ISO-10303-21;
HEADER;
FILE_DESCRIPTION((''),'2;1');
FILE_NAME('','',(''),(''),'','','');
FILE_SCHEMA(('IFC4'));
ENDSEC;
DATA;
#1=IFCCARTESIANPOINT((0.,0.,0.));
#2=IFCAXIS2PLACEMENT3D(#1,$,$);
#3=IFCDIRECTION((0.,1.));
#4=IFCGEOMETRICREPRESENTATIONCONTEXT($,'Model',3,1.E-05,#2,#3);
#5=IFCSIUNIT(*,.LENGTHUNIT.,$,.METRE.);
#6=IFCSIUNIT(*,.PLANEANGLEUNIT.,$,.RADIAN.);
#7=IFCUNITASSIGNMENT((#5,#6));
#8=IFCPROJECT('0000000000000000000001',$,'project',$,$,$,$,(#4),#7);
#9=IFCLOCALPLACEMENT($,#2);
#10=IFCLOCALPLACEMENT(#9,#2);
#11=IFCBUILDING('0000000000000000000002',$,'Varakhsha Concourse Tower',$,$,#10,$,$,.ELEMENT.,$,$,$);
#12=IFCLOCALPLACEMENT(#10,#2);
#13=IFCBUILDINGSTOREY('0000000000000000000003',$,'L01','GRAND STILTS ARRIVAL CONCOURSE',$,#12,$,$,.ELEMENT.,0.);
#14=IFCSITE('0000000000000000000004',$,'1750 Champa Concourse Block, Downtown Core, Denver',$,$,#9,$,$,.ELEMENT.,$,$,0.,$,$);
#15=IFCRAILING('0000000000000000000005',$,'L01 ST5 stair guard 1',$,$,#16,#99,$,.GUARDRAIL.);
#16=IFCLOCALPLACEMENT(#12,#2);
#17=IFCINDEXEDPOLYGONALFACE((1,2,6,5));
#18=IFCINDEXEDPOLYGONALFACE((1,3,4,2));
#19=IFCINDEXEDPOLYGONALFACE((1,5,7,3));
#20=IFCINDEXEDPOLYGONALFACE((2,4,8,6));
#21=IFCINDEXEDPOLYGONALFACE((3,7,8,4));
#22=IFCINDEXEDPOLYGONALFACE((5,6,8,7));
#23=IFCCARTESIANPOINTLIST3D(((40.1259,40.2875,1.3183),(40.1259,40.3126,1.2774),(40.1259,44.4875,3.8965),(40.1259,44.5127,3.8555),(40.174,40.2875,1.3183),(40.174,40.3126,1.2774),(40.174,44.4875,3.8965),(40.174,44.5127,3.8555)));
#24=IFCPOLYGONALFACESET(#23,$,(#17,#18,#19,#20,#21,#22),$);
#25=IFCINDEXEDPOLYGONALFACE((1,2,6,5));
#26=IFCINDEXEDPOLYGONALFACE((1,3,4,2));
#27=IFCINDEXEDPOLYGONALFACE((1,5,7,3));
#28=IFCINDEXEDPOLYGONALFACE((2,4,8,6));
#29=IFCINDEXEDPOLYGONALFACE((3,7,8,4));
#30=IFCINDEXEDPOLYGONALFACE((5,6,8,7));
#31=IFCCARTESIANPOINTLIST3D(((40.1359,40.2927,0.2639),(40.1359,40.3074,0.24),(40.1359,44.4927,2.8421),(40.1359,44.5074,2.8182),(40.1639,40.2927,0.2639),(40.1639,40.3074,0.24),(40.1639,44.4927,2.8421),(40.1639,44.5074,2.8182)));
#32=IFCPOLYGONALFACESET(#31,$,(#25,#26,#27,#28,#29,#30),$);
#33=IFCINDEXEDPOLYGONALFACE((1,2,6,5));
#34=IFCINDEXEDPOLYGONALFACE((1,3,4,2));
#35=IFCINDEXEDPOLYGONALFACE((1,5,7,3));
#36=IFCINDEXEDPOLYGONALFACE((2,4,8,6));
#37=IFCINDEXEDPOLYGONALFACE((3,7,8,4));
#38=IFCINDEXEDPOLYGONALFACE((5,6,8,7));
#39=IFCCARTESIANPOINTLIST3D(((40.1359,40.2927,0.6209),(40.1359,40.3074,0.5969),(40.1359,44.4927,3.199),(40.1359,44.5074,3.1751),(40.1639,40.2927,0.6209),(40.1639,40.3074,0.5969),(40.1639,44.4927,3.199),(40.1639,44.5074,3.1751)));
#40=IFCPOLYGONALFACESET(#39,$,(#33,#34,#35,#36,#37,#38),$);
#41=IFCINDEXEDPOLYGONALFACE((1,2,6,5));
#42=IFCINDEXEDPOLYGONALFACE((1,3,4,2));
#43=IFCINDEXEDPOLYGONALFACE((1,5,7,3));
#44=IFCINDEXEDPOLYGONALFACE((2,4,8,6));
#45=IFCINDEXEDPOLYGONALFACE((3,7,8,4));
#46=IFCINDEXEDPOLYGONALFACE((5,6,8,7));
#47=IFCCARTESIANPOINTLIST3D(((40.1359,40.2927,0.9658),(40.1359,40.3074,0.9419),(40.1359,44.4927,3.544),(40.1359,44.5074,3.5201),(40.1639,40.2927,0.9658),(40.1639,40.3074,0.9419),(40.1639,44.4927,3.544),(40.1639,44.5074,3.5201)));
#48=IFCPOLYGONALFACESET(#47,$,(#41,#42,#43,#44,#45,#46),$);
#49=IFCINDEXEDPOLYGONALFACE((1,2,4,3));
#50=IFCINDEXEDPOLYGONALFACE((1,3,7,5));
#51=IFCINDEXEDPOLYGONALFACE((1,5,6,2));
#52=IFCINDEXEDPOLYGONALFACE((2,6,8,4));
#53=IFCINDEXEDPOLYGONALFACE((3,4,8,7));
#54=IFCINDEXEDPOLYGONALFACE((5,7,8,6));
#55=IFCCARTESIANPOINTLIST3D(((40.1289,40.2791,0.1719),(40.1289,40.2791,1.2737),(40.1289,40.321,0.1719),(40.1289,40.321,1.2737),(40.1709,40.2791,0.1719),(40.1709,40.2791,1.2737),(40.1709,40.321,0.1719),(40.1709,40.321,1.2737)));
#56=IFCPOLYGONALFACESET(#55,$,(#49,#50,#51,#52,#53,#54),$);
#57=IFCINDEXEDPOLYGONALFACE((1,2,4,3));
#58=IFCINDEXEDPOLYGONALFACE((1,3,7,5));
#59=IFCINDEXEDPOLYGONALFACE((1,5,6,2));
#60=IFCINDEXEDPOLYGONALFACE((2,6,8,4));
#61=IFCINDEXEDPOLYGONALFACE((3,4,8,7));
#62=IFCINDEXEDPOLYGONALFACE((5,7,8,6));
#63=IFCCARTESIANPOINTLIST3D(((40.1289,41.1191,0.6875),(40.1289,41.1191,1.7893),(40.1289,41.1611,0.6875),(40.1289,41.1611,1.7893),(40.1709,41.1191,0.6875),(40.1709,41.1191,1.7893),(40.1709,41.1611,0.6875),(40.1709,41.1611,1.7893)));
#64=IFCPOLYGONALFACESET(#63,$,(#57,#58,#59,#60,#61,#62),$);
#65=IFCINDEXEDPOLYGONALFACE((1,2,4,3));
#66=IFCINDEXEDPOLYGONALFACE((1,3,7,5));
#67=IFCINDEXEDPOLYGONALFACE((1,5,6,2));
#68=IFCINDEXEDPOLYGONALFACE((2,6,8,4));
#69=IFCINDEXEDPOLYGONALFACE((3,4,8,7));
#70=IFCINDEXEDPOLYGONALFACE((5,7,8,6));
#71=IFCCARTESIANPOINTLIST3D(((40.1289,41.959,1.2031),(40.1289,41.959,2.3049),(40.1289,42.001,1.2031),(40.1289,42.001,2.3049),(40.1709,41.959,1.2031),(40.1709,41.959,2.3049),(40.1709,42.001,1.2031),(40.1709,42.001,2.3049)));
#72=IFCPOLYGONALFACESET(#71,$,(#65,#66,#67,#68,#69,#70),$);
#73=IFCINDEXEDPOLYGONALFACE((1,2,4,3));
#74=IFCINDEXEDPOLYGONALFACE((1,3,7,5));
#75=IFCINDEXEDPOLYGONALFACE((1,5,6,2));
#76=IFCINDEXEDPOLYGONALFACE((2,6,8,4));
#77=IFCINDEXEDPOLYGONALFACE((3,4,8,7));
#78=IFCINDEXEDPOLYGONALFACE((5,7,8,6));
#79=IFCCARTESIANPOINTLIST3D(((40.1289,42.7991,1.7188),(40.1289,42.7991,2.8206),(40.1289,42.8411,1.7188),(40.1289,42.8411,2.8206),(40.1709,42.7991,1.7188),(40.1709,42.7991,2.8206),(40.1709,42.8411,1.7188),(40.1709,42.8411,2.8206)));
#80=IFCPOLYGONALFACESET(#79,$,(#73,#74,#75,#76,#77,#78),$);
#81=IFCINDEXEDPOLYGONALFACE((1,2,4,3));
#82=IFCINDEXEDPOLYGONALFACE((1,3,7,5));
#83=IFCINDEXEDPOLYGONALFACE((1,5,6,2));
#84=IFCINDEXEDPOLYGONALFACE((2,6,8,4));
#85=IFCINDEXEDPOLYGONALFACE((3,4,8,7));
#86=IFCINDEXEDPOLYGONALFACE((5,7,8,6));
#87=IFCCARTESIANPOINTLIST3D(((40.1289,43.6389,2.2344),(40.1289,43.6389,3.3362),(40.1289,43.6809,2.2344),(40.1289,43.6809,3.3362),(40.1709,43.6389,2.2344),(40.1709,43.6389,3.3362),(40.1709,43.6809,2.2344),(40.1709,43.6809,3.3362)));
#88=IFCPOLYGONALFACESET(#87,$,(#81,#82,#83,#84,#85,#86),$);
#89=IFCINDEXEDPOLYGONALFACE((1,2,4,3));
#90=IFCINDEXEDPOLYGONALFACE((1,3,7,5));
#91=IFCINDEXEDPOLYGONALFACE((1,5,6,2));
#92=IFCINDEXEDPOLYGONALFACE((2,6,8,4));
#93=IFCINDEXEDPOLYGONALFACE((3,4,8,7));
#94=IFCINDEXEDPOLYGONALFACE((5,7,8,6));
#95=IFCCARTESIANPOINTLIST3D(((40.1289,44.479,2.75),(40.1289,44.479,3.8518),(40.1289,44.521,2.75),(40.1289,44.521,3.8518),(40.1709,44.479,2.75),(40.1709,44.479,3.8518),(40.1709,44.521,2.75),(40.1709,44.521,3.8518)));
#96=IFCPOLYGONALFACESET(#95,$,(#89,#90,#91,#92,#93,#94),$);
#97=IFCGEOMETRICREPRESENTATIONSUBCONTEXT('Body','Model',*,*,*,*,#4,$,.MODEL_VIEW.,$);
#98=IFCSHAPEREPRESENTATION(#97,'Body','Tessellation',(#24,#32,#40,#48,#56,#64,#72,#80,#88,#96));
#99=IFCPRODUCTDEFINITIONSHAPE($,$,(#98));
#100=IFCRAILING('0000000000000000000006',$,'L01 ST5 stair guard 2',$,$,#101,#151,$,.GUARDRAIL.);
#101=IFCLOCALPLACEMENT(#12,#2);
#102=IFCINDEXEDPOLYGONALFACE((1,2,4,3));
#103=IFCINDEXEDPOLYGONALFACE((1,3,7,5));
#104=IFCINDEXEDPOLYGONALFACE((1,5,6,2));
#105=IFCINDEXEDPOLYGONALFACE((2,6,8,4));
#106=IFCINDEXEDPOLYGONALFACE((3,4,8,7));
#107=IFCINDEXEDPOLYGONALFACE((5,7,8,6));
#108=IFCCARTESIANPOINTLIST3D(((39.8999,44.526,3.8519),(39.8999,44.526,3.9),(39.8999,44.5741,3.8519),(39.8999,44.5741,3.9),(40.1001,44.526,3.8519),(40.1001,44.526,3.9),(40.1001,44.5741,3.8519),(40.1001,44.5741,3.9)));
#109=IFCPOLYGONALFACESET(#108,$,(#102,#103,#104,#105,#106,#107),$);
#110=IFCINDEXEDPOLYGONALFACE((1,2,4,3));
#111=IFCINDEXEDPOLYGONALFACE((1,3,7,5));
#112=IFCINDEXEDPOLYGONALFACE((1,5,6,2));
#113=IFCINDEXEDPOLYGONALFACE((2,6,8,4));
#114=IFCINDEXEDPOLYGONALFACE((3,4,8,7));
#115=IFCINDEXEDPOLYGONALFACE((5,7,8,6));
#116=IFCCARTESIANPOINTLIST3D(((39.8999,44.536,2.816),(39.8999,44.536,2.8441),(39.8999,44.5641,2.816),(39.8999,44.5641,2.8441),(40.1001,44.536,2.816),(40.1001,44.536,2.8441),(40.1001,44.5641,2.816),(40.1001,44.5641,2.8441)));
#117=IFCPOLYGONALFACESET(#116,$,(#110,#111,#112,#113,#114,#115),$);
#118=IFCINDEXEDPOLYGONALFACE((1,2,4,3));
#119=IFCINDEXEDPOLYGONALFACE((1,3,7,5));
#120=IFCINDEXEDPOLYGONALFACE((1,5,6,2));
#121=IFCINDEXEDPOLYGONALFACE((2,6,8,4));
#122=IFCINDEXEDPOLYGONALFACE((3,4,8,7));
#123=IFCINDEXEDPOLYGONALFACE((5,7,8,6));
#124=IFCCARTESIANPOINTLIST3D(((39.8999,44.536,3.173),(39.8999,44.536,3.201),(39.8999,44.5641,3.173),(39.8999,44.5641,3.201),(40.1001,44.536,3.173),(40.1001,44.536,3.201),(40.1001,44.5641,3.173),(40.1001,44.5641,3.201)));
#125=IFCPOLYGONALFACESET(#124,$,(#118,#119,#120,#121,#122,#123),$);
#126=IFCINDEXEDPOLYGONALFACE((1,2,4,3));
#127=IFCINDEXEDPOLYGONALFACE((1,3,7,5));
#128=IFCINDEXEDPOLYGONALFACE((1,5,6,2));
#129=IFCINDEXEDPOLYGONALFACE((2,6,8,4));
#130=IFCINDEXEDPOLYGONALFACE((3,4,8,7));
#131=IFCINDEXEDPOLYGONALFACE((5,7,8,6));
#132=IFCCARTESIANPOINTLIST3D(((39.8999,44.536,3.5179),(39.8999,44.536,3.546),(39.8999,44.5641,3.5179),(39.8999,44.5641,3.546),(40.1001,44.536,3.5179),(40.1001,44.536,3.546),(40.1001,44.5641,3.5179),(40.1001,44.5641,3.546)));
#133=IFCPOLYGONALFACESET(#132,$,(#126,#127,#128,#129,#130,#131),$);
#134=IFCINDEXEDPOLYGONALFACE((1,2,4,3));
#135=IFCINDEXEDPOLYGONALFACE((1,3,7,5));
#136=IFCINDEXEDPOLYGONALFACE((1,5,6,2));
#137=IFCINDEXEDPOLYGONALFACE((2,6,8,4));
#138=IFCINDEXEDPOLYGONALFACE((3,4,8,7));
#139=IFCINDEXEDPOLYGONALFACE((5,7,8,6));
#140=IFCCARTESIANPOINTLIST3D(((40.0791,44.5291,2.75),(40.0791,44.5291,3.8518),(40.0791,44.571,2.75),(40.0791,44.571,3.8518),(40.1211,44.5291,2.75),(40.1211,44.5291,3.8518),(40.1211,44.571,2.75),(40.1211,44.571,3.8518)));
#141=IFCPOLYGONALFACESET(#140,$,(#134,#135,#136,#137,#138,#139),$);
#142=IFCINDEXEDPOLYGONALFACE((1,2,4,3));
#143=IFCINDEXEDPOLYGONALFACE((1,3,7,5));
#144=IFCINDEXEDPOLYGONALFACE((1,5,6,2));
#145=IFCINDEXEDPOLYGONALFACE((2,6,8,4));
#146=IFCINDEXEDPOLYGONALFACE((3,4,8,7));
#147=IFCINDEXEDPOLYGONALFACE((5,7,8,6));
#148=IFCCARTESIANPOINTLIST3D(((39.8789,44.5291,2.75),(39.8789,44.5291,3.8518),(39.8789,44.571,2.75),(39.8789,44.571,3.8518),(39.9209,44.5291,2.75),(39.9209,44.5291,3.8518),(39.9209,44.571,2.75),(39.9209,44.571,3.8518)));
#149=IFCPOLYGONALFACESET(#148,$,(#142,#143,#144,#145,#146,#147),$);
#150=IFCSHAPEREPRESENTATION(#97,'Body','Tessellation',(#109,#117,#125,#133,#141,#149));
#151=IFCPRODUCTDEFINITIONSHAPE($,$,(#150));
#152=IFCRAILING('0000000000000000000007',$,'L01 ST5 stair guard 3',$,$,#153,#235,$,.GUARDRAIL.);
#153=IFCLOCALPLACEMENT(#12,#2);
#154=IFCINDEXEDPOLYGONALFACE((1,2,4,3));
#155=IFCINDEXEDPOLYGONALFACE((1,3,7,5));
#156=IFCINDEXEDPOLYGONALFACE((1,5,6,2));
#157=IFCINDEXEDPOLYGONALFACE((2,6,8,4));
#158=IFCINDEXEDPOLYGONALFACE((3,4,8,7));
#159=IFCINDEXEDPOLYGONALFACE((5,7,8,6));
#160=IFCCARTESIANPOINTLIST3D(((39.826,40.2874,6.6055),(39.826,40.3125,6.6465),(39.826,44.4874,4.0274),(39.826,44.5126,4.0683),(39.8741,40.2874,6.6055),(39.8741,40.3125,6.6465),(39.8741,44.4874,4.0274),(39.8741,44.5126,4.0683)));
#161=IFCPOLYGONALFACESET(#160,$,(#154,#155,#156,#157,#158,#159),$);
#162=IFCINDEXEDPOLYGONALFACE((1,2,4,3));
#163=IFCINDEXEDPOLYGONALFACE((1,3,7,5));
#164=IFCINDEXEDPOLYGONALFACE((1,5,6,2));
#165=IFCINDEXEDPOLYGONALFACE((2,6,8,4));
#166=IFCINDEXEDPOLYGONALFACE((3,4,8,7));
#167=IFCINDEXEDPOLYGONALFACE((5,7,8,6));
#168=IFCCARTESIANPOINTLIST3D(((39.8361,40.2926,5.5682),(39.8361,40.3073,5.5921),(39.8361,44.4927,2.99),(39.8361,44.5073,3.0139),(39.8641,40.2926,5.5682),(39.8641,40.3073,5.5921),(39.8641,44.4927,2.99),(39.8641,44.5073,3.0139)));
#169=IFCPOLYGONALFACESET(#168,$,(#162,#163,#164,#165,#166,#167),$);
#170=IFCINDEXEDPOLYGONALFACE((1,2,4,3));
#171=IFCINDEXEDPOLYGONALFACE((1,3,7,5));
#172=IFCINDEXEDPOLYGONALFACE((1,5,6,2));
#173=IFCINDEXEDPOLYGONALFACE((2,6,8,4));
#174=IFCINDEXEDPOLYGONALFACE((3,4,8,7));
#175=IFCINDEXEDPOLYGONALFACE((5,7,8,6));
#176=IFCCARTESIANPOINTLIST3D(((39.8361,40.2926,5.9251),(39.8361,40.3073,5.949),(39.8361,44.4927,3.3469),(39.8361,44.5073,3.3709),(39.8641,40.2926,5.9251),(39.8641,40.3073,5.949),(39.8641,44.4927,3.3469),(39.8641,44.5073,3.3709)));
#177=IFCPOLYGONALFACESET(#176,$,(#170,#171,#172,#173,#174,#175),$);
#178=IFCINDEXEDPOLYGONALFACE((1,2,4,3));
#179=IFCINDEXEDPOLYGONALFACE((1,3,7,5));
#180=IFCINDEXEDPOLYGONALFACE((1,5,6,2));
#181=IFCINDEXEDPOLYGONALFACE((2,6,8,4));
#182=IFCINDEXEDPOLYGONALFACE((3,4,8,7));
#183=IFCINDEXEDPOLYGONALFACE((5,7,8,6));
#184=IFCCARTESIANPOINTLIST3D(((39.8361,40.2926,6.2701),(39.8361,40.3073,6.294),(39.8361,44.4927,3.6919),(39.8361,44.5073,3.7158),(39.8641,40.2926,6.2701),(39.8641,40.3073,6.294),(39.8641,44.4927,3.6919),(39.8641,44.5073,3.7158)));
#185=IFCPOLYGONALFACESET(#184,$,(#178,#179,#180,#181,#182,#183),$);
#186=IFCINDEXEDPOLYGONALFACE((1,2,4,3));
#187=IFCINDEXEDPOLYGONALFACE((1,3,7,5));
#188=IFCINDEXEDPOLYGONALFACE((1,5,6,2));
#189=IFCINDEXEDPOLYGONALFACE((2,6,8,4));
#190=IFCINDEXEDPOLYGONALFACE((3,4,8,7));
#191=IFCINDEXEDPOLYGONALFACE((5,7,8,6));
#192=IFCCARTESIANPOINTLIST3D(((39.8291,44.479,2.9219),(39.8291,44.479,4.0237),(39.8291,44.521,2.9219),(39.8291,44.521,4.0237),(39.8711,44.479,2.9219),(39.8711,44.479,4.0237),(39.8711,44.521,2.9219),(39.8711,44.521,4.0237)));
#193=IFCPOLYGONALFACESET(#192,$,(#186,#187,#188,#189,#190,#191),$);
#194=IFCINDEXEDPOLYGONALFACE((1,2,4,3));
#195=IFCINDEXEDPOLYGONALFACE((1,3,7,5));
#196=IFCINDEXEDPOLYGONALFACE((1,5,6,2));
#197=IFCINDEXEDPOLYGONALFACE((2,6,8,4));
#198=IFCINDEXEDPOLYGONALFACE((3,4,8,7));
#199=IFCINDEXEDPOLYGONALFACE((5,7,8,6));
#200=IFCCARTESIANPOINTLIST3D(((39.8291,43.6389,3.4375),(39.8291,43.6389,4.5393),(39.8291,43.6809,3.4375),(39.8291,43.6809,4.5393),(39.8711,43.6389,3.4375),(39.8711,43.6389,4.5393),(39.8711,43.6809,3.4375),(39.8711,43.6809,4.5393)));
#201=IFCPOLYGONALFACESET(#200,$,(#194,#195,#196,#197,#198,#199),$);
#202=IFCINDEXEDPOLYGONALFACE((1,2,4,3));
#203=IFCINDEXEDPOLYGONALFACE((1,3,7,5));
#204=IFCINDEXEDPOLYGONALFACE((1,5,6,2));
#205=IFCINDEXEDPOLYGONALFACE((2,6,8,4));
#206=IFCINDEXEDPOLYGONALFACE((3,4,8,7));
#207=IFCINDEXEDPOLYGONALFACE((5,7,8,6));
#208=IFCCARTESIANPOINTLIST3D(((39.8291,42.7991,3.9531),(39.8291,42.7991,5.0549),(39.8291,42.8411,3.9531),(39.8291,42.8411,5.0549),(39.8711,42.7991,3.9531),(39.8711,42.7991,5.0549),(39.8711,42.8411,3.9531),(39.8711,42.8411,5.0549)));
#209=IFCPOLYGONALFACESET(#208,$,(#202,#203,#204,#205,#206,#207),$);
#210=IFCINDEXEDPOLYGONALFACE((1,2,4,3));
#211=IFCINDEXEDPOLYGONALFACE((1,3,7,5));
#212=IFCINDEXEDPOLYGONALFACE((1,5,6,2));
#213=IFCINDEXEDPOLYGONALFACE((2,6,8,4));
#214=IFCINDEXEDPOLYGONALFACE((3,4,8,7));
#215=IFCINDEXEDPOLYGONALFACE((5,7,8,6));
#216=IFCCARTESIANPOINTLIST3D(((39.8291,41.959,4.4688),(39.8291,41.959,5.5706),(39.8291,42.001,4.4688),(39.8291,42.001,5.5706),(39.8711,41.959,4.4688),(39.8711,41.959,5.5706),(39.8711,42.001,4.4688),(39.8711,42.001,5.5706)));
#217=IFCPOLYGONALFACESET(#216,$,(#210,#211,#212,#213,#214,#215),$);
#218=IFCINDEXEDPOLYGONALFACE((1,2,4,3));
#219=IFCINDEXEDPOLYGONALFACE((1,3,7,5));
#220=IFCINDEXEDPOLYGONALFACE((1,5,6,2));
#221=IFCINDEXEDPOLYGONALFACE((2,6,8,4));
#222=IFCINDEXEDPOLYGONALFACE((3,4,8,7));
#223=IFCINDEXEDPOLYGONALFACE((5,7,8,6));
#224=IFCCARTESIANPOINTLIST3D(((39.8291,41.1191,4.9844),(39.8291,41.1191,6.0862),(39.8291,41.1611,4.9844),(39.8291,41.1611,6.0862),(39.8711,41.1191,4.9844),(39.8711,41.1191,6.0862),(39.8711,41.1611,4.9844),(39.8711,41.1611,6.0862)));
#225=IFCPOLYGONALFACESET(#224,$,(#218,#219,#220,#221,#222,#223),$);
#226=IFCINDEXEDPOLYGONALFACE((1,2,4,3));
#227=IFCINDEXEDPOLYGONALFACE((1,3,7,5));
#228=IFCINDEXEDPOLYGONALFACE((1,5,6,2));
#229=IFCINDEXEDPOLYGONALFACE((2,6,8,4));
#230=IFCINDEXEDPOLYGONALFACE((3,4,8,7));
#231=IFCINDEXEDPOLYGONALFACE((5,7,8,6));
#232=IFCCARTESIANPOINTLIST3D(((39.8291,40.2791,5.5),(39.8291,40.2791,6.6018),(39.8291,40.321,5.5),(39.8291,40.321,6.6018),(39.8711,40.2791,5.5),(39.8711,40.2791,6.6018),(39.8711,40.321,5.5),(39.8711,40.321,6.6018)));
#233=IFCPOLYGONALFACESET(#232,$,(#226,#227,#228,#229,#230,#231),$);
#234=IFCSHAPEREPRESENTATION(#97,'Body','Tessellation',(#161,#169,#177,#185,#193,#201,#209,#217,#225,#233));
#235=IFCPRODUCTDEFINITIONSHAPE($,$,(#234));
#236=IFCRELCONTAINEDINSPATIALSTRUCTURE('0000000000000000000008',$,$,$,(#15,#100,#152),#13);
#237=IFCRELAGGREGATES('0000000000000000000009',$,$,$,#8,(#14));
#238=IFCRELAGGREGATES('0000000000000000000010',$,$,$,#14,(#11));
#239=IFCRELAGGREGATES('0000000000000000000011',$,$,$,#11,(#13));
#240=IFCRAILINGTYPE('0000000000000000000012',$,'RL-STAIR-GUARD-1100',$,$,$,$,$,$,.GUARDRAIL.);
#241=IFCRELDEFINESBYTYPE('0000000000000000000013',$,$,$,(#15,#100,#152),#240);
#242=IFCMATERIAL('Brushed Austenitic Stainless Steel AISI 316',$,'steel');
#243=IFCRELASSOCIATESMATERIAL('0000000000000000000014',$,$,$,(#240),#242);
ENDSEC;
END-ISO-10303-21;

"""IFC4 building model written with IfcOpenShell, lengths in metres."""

from ifc_helpers import new_model, si_unit, direction, frame, origin, origin_2d, place, context, subcontext, project, spatial, rectangle, extrude, material, type_object, element, save


model = new_model("IFC4")

# Units and contexts
model_context = context("Model", 3, precision=1e-05, world=origin(), true_north=direction((0.0, 1.0)))
body_context = subcontext(model_context, "Body", "Model", "MODEL_VIEW")
ifc_project = project(units=[si_unit("LENGTHUNIT", "METRE"), si_unit("PLANEANGLEUNIT", "RADIAN")], contexts=[model_context])

# Site, building, storey
site_placement = place(None, origin())
site = spatial("IfcSite", under=ifc_project, at=site_placement, Name="1750 Champa Concourse Block, Downtown Core, Denver", CompositionType="ELEMENT", RefElevation=0.0)
building_placement = place(site_placement, origin())
building = spatial("IfcBuilding", under=site, at=building_placement, Name="Varakhsha Concourse Tower", CompositionType="ELEMENT")
storey_placement = place(building_placement, origin())
storey = spatial("IfcBuildingStorey", under=building, at=storey_placement, Name="L01", Description="GRAND STILTS ARRIVAL CONCOURSE", CompositionType="ELEMENT", Elevation=0.0)

# Railings
ifc_material_1 = material(Name="Brushed Austenitic Stainless Steel AISI 316", Category="steel")
railing_type_1 = type_object("IfcRailingType", Name="RL-STAIR-GUARD-1100", PredefinedType="GUARDRAIL", material=ifc_material_1)
railing_1_placement = place(storey_placement, frame((40.1499, 40.3, 0.1719)))
element("IfcRailing", 1, at=railing_1_placement, inside=storey, type_object=railing_type_1, Name="L01 ST5 stair guard 1", PredefinedType="GUARDRAIL", context=body_context, shape_type="SweptSolid", body=[
    extrude(rectangle(XDim=0.0481, YDim=0.0481, at=origin_2d()), frame((0.0, 0.0, 1.126), z_axis=(0.0, 0.852243, 0.523146), x_axis=(-1.0, 0.0, 0.0)), (0.0, 0.0, 1.0), 4.9282),
    extrude(rectangle(XDim=0.0281, YDim=0.0281, at=origin_2d()), frame((0.0, 0.0, 0.0801), z_axis=(0.0, 0.852243, 0.523146), x_axis=(-1.0, 0.0, 0.0)), (0.0, 0.0, 1.0), 4.9282),
    extrude(rectangle(XDim=0.0281, YDim=0.0281, at=origin_2d()), frame((0.0, 0.0, 0.437), z_axis=(0.0, 0.852243, 0.523146), x_axis=(-1.0, 0.0, 0.0)), (0.0, 0.0, 1.0), 4.9282),
    extrude(rectangle(XDim=0.0281, YDim=0.0281, at=origin_2d()), frame((0.0, 0.0, 0.782), z_axis=(0.0, 0.852243, 0.523146), x_axis=(-1.0, 0.0, 0.0)), (0.0, 0.0, 1.0), 4.9282),
    extrude(rectangle(XDim=0.042, YDim=0.042, at=origin_2d()), origin(), (0.0, 0.0, 1.0), 1.1018),
    extrude(rectangle(XDim=0.042, YDim=0.042, at=origin_2d()), frame((0.0, 0.8401, 0.5156)), (0.0, 0.0, 1.0), 1.1018),
    extrude(rectangle(XDim=0.042, YDim=0.042, at=origin_2d()), frame((0.0, 1.6799, 1.0312)), (0.0, 0.0, 1.0), 1.1018),
    extrude(rectangle(XDim=0.042, YDim=0.042, at=origin_2d()), frame((0.0, 2.52, 1.5469)), (0.0, 0.0, 1.0), 1.1018),
    extrude(rectangle(XDim=0.042, YDim=0.042, at=origin_2d()), frame((0.0, 3.3599, 2.0625)), (0.0, 0.0, 1.0), 1.1018),
    extrude(rectangle(XDim=0.042, YDim=0.042, at=origin_2d()), frame((0.0, 4.2, 2.5781)), (0.0, 0.0, 1.0), 1.1018),
])
railing_2_placement = place(storey_placement, frame((40.1001, 44.55, 2.75)))
element("IfcRailing", 2, at=railing_2_placement, inside=storey, type_object=railing_type_1, Name="L01 ST5 stair guard 2", PredefinedType="GUARDRAIL", context=body_context, shape_type="SweptSolid", body=[
    extrude(rectangle(XDim=0.0481, YDim=0.0481, at=origin_2d()), frame((0.0, 0.0, 1.126), z_axis=(-1.0, 0.0, 0.0), x_axis=(0.0, -1.0, 0.0)), (0.0, 0.0, 1.0), 0.2002),
    extrude(rectangle(XDim=0.0281, YDim=0.0281, at=origin_2d()), frame((0.0, 0.0, 0.0801), z_axis=(-1.0, 0.0, 0.0), x_axis=(0.0, -1.0, 0.0)), (0.0, 0.0, 1.0), 0.2002),
    extrude(rectangle(XDim=0.0281, YDim=0.0281, at=origin_2d()), frame((0.0, 0.0, 0.437), z_axis=(-1.0, 0.0, 0.0), x_axis=(0.0, -1.0, 0.0)), (0.0, 0.0, 1.0), 0.2002),
    extrude(rectangle(XDim=0.0281, YDim=0.0281, at=origin_2d()), frame((0.0, 0.0, 0.782), z_axis=(-1.0, 0.0, 0.0), x_axis=(0.0, -1.0, 0.0)), (0.0, 0.0, 1.0), 0.2002),
    extrude(rectangle(XDim=0.042, YDim=0.042, at=origin_2d()), origin(), (0.0, 0.0, 1.0), 1.1018),
    extrude(rectangle(XDim=0.042, YDim=0.042, at=origin_2d()), frame((-0.2002, 0.0, 0.0)), (0.0, 0.0, 1.0), 1.1018),
])
railing_3_placement = place(storey_placement, frame((39.8501, 44.5, 2.9219)))
element("IfcRailing", 3, at=railing_3_placement, inside=storey, type_object=railing_type_1, Name="L01 ST5 stair guard 3", PredefinedType="GUARDRAIL", context=body_context, shape_type="SweptSolid", body=[
    extrude(rectangle(XDim=0.0481, YDim=0.0481, at=origin_2d()), frame((0.0, 0.0, 1.126), z_axis=(0.0, -0.852243, 0.523146), x_axis=(1.0, 0.0, 0.0)), (0.0, 0.0, 1.0), 4.9282),
    extrude(rectangle(XDim=0.0281, YDim=0.0281, at=origin_2d()), frame((0.0, 0.0, 0.0801), z_axis=(0.0, -0.852243, 0.523146), x_axis=(1.0, 0.0, 0.0)), (0.0, 0.0, 1.0), 4.9282),
    extrude(rectangle(XDim=0.0281, YDim=0.0281, at=origin_2d()), frame((0.0, 0.0, 0.437), z_axis=(0.0, -0.852243, 0.523146), x_axis=(1.0, 0.0, 0.0)), (0.0, 0.0, 1.0), 4.9282),
    extrude(rectangle(XDim=0.0281, YDim=0.0281, at=origin_2d()), frame((0.0, 0.0, 0.782), z_axis=(0.0, -0.852243, 0.523146), x_axis=(1.0, 0.0, 0.0)), (0.0, 0.0, 1.0), 4.9282),
    extrude(rectangle(XDim=0.042, YDim=0.042, at=origin_2d()), origin(), (0.0, 0.0, 1.0), 1.1018),
    extrude(rectangle(XDim=0.042, YDim=0.042, at=origin_2d()), frame((0.0, -0.8401, 0.5156)), (0.0, 0.0, 1.0), 1.1018),
    extrude(rectangle(XDim=0.042, YDim=0.042, at=origin_2d()), frame((0.0, -1.6799, 1.0312)), (0.0, 0.0, 1.0), 1.1018),
    extrude(rectangle(XDim=0.042, YDim=0.042, at=origin_2d()), frame((0.0, -2.52, 1.5469)), (0.0, 0.0, 1.0), 1.1018),
    extrude(rectangle(XDim=0.042, YDim=0.042, at=origin_2d()), frame((0.0, -3.3599, 2.0625)), (0.0, 0.0, 1.0), 1.1018),
    extrude(rectangle(XDim=0.042, YDim=0.042, at=origin_2d()), frame((0.0, -4.2, 2.5781)), (0.0, 0.0, 1.0), 1.1018),
])

save(model, "model.ifc")
